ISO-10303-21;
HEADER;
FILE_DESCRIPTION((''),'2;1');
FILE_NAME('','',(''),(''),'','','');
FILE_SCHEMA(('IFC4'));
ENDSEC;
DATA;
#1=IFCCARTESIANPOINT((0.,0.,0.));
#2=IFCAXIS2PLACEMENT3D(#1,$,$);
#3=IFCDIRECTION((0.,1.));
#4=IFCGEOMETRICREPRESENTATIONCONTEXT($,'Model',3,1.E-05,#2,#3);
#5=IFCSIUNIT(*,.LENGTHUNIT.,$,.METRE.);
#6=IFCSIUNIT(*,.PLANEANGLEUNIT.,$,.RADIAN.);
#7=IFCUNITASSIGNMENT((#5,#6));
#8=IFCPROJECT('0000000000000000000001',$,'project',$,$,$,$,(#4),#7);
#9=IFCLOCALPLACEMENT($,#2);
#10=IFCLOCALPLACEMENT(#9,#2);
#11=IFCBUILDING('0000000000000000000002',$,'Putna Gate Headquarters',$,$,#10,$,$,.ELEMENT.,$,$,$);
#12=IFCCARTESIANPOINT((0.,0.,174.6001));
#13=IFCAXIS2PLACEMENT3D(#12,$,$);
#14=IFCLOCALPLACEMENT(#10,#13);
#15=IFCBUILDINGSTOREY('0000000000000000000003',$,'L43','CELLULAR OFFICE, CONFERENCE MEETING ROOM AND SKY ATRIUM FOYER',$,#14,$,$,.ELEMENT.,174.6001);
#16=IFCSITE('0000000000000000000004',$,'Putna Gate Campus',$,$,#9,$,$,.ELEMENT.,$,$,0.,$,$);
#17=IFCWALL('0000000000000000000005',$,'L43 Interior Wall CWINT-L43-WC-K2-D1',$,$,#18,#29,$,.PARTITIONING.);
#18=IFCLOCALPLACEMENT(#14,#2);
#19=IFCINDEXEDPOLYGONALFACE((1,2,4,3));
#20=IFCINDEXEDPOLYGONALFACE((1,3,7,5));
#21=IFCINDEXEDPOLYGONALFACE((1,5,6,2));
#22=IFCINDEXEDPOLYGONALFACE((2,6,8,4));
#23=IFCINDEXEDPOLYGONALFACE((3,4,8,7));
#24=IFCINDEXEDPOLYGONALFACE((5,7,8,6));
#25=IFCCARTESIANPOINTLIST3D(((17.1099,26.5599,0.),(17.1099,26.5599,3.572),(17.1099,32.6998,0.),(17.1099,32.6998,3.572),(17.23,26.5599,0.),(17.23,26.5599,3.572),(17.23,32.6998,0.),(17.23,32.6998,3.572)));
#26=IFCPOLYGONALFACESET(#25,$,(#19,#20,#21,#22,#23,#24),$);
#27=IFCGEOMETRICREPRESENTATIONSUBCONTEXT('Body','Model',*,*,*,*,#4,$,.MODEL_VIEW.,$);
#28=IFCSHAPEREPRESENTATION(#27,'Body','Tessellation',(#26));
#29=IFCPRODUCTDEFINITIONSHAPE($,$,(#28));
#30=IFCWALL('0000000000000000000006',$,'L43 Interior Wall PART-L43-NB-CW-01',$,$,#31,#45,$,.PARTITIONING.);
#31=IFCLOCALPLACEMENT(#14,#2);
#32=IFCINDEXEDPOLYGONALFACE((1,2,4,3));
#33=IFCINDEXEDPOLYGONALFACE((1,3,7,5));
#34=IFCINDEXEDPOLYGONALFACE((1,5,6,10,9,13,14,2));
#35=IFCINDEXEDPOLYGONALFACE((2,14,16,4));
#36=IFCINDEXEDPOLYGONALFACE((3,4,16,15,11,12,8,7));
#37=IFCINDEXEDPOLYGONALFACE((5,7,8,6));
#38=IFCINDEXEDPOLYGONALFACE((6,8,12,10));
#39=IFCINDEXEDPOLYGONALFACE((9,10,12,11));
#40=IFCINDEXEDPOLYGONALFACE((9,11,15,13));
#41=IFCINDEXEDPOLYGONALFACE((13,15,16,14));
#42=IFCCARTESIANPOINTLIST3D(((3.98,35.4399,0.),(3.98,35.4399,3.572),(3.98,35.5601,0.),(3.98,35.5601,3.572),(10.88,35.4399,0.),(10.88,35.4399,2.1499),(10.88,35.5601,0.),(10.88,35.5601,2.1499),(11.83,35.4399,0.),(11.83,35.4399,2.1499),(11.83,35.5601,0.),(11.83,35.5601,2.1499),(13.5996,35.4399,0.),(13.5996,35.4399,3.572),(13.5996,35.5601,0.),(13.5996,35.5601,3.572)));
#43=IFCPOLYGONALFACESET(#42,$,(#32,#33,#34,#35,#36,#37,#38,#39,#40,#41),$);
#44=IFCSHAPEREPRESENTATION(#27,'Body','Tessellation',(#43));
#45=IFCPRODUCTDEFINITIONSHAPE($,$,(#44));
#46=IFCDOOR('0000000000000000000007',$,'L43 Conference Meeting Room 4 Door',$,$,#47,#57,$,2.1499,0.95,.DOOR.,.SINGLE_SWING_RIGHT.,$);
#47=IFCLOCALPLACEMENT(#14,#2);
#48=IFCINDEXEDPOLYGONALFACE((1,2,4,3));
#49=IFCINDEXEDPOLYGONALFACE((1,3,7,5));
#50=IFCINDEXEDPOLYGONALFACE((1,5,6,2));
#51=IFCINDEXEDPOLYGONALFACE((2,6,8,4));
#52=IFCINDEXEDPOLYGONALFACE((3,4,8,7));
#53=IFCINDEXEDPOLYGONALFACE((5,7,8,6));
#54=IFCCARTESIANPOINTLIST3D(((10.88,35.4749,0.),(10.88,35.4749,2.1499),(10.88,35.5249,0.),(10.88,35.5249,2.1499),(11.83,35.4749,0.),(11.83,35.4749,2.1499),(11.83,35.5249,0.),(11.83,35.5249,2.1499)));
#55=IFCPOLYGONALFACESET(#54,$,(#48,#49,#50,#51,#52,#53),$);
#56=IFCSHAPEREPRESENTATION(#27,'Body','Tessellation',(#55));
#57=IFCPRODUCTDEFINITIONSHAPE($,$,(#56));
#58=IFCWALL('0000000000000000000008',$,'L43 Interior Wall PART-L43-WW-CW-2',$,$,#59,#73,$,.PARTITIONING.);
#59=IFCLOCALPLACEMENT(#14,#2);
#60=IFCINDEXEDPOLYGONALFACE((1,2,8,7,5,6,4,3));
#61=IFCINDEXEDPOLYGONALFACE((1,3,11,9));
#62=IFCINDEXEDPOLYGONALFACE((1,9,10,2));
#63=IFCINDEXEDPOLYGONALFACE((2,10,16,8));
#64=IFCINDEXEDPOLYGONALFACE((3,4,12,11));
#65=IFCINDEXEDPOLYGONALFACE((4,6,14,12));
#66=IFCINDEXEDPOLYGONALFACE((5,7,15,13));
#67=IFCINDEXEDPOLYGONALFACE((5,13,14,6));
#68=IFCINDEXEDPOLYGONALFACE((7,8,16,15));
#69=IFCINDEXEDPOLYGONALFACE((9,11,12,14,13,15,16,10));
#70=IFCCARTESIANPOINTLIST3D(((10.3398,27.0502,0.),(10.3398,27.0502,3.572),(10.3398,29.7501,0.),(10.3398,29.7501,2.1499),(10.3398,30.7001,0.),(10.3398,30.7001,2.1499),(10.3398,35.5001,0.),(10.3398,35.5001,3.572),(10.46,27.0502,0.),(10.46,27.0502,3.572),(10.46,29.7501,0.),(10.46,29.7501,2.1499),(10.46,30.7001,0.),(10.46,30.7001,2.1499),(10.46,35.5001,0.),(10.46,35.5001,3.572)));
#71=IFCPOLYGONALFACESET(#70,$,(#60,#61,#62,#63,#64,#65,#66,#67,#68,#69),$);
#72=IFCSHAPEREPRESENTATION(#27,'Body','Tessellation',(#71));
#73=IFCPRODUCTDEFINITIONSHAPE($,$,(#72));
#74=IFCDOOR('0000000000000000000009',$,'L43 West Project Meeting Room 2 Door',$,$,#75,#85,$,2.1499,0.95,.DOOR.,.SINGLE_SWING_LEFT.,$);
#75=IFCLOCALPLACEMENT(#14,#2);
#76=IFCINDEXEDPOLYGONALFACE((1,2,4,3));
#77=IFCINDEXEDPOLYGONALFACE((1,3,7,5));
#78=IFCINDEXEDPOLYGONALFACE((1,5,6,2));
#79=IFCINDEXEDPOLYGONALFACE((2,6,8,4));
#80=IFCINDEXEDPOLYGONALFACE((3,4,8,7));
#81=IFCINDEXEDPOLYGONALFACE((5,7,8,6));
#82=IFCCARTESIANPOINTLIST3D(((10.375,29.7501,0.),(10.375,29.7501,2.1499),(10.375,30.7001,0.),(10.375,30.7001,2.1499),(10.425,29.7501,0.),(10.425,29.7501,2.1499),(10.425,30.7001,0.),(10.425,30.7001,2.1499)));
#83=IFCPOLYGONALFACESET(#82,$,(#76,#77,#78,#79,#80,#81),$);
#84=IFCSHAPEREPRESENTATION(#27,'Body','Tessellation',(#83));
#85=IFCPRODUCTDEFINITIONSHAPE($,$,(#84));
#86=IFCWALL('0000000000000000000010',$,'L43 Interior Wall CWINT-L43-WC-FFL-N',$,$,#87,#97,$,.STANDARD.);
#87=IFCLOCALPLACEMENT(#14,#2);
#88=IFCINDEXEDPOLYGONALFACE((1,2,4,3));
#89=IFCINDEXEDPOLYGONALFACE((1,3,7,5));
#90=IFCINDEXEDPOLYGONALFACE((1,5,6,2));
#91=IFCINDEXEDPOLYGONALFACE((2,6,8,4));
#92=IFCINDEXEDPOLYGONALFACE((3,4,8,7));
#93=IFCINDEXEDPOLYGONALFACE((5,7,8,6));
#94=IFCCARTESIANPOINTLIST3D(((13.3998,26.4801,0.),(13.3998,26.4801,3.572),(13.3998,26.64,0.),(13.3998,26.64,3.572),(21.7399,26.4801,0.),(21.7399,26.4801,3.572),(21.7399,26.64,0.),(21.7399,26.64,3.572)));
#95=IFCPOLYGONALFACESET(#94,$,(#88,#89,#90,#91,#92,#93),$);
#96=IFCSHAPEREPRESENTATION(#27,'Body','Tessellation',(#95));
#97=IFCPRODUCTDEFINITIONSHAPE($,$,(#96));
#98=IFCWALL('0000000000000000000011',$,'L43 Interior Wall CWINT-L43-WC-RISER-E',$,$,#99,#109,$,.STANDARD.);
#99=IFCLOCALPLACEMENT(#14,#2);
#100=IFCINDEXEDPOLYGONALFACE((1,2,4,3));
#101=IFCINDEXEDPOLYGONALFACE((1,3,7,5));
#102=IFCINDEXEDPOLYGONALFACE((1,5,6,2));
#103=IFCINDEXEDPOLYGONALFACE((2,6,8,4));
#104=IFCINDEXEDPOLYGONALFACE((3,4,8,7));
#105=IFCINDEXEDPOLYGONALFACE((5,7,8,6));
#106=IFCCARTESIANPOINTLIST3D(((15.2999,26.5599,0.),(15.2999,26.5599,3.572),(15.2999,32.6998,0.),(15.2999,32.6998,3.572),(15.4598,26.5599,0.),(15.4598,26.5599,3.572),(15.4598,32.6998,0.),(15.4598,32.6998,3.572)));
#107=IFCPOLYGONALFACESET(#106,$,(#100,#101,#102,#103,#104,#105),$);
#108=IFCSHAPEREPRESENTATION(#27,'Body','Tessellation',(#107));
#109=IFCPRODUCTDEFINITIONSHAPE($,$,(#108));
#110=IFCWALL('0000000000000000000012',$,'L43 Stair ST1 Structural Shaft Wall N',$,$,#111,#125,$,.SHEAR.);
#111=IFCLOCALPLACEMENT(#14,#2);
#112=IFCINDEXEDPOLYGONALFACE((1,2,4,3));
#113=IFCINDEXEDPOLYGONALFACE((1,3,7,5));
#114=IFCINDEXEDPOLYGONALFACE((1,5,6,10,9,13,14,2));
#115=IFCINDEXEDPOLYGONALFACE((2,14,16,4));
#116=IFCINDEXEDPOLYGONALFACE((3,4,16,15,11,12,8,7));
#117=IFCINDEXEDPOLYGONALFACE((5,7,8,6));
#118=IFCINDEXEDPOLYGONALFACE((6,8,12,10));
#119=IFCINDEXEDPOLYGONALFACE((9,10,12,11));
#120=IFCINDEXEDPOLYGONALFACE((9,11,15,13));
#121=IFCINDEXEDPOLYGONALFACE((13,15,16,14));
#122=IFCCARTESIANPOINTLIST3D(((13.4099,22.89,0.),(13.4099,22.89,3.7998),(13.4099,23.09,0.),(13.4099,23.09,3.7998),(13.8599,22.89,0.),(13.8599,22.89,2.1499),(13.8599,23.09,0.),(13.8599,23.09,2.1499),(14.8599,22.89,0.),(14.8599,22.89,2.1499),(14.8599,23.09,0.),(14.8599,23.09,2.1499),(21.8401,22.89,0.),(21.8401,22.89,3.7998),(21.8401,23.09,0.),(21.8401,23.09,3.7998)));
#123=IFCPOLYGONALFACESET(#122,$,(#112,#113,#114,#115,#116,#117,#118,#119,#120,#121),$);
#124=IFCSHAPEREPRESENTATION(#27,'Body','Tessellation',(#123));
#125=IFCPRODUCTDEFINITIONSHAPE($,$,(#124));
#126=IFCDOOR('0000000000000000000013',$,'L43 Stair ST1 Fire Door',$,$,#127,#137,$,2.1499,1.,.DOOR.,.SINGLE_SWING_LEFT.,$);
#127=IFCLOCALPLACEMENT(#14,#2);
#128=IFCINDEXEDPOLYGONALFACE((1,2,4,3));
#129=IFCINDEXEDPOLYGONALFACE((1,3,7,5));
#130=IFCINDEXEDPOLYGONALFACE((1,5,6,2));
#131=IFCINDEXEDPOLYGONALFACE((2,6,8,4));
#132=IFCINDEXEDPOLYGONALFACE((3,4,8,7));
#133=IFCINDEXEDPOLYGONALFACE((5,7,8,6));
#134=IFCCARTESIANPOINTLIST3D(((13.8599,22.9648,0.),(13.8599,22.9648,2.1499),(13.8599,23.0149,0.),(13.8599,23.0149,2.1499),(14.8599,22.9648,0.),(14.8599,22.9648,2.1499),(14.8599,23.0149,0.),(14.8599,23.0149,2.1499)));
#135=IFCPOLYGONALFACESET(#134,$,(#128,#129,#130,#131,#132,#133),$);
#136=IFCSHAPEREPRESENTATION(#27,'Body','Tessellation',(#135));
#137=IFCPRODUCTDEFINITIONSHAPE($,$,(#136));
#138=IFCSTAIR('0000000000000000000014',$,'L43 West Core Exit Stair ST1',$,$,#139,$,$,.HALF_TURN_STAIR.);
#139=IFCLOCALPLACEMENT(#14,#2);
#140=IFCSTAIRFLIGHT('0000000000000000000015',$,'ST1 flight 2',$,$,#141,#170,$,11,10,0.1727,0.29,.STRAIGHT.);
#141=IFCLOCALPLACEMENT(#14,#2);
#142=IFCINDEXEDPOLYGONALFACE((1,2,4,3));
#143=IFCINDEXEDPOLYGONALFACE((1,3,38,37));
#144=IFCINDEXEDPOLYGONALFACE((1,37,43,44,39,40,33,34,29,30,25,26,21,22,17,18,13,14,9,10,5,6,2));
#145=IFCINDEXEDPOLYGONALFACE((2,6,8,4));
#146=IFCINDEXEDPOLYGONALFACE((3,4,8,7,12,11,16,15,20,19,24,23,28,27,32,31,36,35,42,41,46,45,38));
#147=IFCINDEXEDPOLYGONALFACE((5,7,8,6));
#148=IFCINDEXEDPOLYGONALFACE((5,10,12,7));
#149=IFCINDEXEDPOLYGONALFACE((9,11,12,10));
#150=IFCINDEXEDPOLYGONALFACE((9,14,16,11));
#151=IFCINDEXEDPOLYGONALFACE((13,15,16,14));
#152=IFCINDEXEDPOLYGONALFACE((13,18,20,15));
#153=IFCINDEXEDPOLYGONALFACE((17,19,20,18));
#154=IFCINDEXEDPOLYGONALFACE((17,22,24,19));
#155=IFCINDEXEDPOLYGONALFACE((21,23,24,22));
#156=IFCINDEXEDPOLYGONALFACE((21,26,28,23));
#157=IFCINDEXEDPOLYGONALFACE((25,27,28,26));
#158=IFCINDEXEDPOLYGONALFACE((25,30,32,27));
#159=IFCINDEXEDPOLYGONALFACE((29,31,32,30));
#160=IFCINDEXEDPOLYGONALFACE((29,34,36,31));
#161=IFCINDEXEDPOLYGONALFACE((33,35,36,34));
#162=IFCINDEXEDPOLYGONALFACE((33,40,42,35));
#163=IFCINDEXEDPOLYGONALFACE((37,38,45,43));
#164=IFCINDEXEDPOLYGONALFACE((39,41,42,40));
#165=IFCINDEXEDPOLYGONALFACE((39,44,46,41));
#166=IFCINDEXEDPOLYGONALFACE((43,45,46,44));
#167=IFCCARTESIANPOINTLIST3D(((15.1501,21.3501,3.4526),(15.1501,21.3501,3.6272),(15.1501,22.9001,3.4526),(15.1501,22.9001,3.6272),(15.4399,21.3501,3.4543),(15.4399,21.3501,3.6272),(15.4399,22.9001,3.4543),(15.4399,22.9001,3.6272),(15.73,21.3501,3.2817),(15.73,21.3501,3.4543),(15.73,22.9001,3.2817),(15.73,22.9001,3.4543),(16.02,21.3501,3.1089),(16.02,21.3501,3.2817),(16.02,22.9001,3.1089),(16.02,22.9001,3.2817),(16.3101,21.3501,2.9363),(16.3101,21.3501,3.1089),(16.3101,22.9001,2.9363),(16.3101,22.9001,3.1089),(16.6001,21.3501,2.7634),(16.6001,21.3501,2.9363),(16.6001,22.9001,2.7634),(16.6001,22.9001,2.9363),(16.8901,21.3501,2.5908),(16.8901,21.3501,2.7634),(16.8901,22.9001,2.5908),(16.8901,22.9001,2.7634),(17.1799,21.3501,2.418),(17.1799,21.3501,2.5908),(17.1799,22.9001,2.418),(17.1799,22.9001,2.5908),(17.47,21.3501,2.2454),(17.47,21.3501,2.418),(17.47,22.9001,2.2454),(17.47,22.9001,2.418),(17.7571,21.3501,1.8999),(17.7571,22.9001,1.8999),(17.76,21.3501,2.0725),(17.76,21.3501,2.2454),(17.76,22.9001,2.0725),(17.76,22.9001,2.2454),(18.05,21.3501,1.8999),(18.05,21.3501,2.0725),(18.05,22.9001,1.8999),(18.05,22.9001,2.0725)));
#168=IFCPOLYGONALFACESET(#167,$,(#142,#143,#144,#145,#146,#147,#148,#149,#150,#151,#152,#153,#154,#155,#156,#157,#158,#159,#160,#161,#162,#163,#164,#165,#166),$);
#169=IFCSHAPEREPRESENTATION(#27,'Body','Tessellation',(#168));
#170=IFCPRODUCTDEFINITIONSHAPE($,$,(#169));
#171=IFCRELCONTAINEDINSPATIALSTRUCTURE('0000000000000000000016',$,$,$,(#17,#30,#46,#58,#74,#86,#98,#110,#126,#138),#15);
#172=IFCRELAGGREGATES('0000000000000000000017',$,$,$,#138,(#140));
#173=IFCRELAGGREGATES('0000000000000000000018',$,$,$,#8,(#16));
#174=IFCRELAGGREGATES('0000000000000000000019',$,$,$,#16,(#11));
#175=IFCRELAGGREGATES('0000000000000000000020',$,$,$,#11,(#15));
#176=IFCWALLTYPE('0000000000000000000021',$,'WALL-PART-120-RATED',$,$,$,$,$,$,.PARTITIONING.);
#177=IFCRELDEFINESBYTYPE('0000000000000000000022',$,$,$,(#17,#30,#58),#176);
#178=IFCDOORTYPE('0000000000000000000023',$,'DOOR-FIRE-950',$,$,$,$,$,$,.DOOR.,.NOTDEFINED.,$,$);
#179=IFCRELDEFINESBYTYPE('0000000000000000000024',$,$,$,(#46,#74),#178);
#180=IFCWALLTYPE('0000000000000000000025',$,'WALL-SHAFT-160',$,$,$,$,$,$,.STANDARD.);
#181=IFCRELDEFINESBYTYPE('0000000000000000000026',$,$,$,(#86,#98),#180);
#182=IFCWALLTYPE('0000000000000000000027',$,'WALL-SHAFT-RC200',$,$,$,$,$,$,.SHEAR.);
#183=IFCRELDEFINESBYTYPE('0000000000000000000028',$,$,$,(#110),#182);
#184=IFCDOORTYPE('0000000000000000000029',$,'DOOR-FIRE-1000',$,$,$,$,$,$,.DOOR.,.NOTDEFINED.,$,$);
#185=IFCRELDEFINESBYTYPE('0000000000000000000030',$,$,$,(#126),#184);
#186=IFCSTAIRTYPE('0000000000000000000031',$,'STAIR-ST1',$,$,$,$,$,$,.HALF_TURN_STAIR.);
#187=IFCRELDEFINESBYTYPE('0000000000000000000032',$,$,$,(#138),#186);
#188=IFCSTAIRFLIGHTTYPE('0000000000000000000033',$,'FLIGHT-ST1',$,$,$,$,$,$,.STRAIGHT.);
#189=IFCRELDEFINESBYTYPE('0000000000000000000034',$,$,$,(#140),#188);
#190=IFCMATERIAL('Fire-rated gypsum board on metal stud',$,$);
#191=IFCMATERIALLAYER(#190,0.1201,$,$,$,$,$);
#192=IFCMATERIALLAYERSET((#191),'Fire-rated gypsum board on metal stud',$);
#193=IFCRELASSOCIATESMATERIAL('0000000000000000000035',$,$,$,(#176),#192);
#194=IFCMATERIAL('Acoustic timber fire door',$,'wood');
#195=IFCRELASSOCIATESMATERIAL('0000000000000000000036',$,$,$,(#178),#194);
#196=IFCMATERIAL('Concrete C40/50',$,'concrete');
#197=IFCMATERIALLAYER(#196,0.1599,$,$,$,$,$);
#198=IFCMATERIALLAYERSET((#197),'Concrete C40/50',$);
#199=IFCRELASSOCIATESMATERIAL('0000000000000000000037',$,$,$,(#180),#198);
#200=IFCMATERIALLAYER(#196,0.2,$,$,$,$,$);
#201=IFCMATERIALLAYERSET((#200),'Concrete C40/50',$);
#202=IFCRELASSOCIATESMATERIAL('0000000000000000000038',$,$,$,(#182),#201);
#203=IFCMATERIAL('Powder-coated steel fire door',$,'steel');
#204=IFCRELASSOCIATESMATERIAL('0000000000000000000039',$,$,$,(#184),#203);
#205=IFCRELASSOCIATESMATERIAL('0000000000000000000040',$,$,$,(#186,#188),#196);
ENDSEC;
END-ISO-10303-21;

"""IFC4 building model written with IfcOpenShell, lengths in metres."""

from ifc_helpers import new_model, si_unit, direction, frame, frame_2d, origin, place, context, subcontext, project, spatial, polyline, rectangle, outline, extrude, material, layer, layer_set, type_object, element, fill, aggregate, save


model = new_model("IFC4")

# Units and contexts
model_context = context("Model", 3, precision=1e-05, world=origin(), true_north=direction((0.0, 1.0)))
body_context = subcontext(model_context, "Body", "Model", "MODEL_VIEW")
ifc_project = project(units=[si_unit("LENGTHUNIT", "METRE"), si_unit("PLANEANGLEUNIT", "RADIAN")], contexts=[model_context])

# Site, building, storey
site_placement = place(None, origin())
site = spatial("IfcSite", under=ifc_project, at=site_placement, Name="Putna Gate Campus", CompositionType="ELEMENT", RefElevation=0.0)
building_placement = place(site_placement, origin())
building = spatial("IfcBuilding", under=site, at=building_placement, Name="Putna Gate Headquarters", CompositionType="ELEMENT")
storey_placement = place(building_placement, frame((0.0, 0.0, 174.6001)))
storey = spatial("IfcBuildingStorey", under=building, at=storey_placement, Name="L43", Description="CELLULAR OFFICE, CONFERENCE MEETING ROOM AND SKY ATRIUM FOYER", CompositionType="ELEMENT", Elevation=174.6001)

# Wall
ifc_material_1 = material(Name="Fire-rated gypsum board on metal stud")
ifc_layer_1 = layer(ifc_material_1, 0.1201)
ifc_layer_set_1 = layer_set([ifc_layer_1], Name="Fire-rated gypsum board on metal stud")
wall_type_1 = type_object("IfcWallType", Name="WALL-PART-120-RATED", PredefinedType="PARTITIONING", material=ifc_layer_set_1)
wall_1_placement = place(storey_placement, frame((17.1699, 26.5601, 0.0), z_axis=(0.0, 0.0, 1.0), x_axis=(0.0, 1.0, 0.0)))
element("IfcWall", 1, at=wall_1_placement, inside=storey, type_object=wall_type_1, Name="L43 Interior Wall CWINT-L43-WC-K2-D1", PredefinedType="PARTITIONING", context=body_context, shape_type="SweptSolid", body=[
    extrude(rectangle(XDim=6.1399, YDim=0.1201, at=frame_2d((3.0698, 0.0))), origin(), (0.0, 0.0, 1.0), 3.572),
])

# Walls, openings, doors
wall_2_placement = place(storey_placement, frame((3.98, 35.5, 0.0), z_axis=(0.0, 0.0, 1.0), x_axis=(1.0, 0.0, 0.0)))
wall_2 = element("IfcWall", 2, at=wall_2_placement, inside=storey, type_object=wall_type_1, Name="L43 Interior Wall PART-L43-NB-CW-01", PredefinedType="PARTITIONING", context=body_context, shape_type="SweptSolid", body=[
    extrude(rectangle(XDim=9.6196, YDim=0.1201, at=frame_2d((4.8098, 0.0))), origin(), (0.0, 0.0, 1.0), 3.572),
])
opening_1_placement = place(wall_2_placement, frame((6.8999, 0.0, 0.0)))
opening_1 = element("IfcOpeningElement", 3, at=opening_1_placement, cuts=wall_2, PredefinedType="OPENING", context=body_context, shape_type="SweptSolid", body=[
    extrude(rectangle(XDim=0.95, YDim=2.1499, at=frame_2d((0.4751, 1.075))), frame((0.0, 0.0701, 0.0), z_axis=(0.0, -1.0, 0.0), x_axis=(1.0, 0.0, 0.0)), (0.0, 0.0, 1.0), 0.1401),
])
ifc_material_2 = material(Name="Acoustic timber fire door", Category="wood")
door_type_1 = type_object("IfcDoorType", Name="DOOR-FIRE-950", OperationType="NOTDEFINED", PredefinedType="DOOR", material=ifc_material_2)
door_1_placement = place(opening_1_placement, origin())
door_1 = element("IfcDoor", 4, at=door_1_placement, inside=storey, type_object=door_type_1, Name="L43 Conference Meeting Room 4 Door", OperationType="SINGLE_SWING_RIGHT", OverallHeight=2.1499, OverallWidth=0.95, PredefinedType="DOOR", context=body_context, shape_type="SweptSolid", body=[
    extrude(rectangle(XDim=0.95, YDim=2.1499, at=frame_2d((0.4751, 1.075))), frame((0.0, 0.0249, 0.0), z_axis=(0.0, -1.0, 0.0), x_axis=(1.0, 0.0, 0.0)), (0.0, 0.0, 1.0), 0.05),
])
fill(opening_1, door_1)
wall_3_placement = place(storey_placement, frame((10.3999, 27.05, 0.0), z_axis=(0.0, 0.0, 1.0), x_axis=(0.0, 1.0, 0.0)))
wall_3 = element("IfcWall", 5, at=wall_3_placement, inside=storey, type_object=wall_type_1, Name="L43 Interior Wall PART-L43-WW-CW-2", PredefinedType="PARTITIONING", context=body_context, shape_type="SweptSolid", body=[
    extrude(rectangle(XDim=8.45, YDim=0.1201, at=frame_2d((4.2251, 0.0))), origin(), (0.0, 0.0, 1.0), 3.572),
])
opening_2_placement = place(wall_3_placement, frame((2.7, 0.0, 0.0)))
opening_2 = element("IfcOpeningElement", 6, at=opening_2_placement, cuts=wall_3, PredefinedType="OPENING", context=body_context, shape_type="SweptSolid", body=[
    extrude(rectangle(XDim=0.95, YDim=2.1499, at=frame_2d((0.4751, 1.075))), frame((0.0, 0.0701, 0.0), z_axis=(0.0, -1.0, 0.0), x_axis=(1.0, 0.0, 0.0)), (0.0, 0.0, 1.0), 0.1401),
])
door_2_placement = place(opening_2_placement, origin())
door_2 = element("IfcDoor", 7, at=door_2_placement, inside=storey, type_object=door_type_1, Name="L43 West Project Meeting Room 2 Door", OperationType="SINGLE_SWING_LEFT", OverallHeight=2.1499, OverallWidth=0.95, PredefinedType="DOOR", context=body_context, shape_type="SweptSolid", body=[
    extrude(rectangle(XDim=0.95, YDim=2.1499, at=frame_2d((0.4751, 1.075))), frame((0.0, 0.0249, 0.0), z_axis=(0.0, -1.0, 0.0), x_axis=(1.0, 0.0, 0.0)), (0.0, 0.0, 1.0), 0.05),
])
fill(opening_2, door_2)

# Walls
ifc_material_3 = material(Name="Concrete C40/50", Category="concrete")
ifc_layer_2 = layer(ifc_material_3, 0.1599)
ifc_layer_set_2 = layer_set([ifc_layer_2], Name="Concrete C40/50")
wall_type_2 = type_object("IfcWallType", Name="WALL-SHAFT-160", PredefinedType="STANDARD", material=ifc_layer_set_2)
wall_4_placement = place(storey_placement, frame((13.3999, 26.5601, 0.0), z_axis=(0.0, 0.0, 1.0), x_axis=(1.0, 0.0, 0.0)))
element("IfcWall", 8, at=wall_4_placement, inside=storey, type_object=wall_type_2, Name="L43 Interior Wall CWINT-L43-WC-FFL-N", PredefinedType="STANDARD", context=body_context, shape_type="SweptSolid", body=[
    extrude(rectangle(XDim=8.3401, YDim=0.1599, at=frame_2d((4.1699, 0.0))), origin(), (0.0, 0.0, 1.0), 3.572),
])
wall_5_placement = place(storey_placement, frame((15.3799, 26.5601, 0.0), z_axis=(0.0, 0.0, 1.0), x_axis=(0.0, 1.0, 0.0)))
element("IfcWall", 9, at=wall_5_placement, inside=storey, type_object=wall_type_2, Name="L43 Interior Wall CWINT-L43-WC-RISER-E", PredefinedType="STANDARD", context=body_context, shape_type="SweptSolid", body=[
    extrude(rectangle(XDim=6.1399, YDim=0.1599, at=frame_2d((3.0698, 0.0))), origin(), (0.0, 0.0, 1.0), 3.572),
])

# Wall, opening, door
ifc_layer_3 = layer(ifc_material_3, 0.2)
ifc_layer_set_3 = layer_set([ifc_layer_3], Name="Concrete C40/50")
wall_type_3 = type_object("IfcWallType", Name="WALL-SHAFT-RC200", PredefinedType="SHEAR", material=ifc_layer_set_3)
wall_6_placement = place(storey_placement, frame((13.4099, 22.99, 0.0), z_axis=(0.0, 0.0, 1.0), x_axis=(1.0, 0.0, 0.0)))
wall_6 = element("IfcWall", 10, at=wall_6_placement, inside=storey, type_object=wall_type_3, Name="L43 Stair ST1 Structural Shaft Wall N", PredefinedType="SHEAR", context=body_context, shape_type="SweptSolid", body=[
    extrude(rectangle(XDim=8.4302, YDim=0.2, at=frame_2d((4.2151, 0.0))), origin(), (0.0, 0.0, 1.0), 3.7998),
])
opening_3_placement = place(wall_6_placement, frame((0.45, 0.0, 0.0)))
opening_3 = element("IfcOpeningElement", 11, at=opening_3_placement, cuts=wall_6, PredefinedType="OPENING", context=body_context, shape_type="SweptSolid", body=[
    extrude(rectangle(XDim=1.0, YDim=2.1499, at=frame_2d((0.5, 1.075))), frame((0.0, 0.1099, 0.0), z_axis=(0.0, -1.0, 0.0), x_axis=(1.0, 0.0, 0.0)), (0.0, 0.0, 1.0), 0.22),
])
ifc_material_4 = material(Name="Powder-coated steel fire door", Category="steel")
door_type_2 = type_object("IfcDoorType", Name="DOOR-FIRE-1000", OperationType="NOTDEFINED", PredefinedType="DOOR", material=ifc_material_4)
door_3_placement = place(opening_3_placement, origin())
door_3 = element("IfcDoor", 12, at=door_3_placement, inside=storey, type_object=door_type_2, Name="L43 Stair ST1 Fire Door", OperationType="SINGLE_SWING_LEFT", OverallHeight=2.1499, OverallWidth=1.0, PredefinedType="DOOR", context=body_context, shape_type="SweptSolid", body=[
    extrude(rectangle(XDim=1.0, YDim=2.1499, at=frame_2d((0.5, 1.075))), frame((0.0, 0.0249, 0.0), z_axis=(0.0, -1.0, 0.0), x_axis=(1.0, 0.0, 0.0)), (0.0, 0.0, 1.0), 0.05),
])
fill(opening_3, door_3)

# Stair, stair flight
stair_type = type_object("IfcStairType", Name="STAIR-ST1", PredefinedType="HALF_TURN_STAIR", material=ifc_material_3)
stair_placement = place(storey_placement, origin())
stair = element("IfcStair", 13, at=stair_placement, inside=storey, type_object=stair_type, Name="L43 West Core Exit Stair ST1", PredefinedType="HALF_TURN_STAIR")
stair_flight_type = type_object("IfcStairFlightType", Name="FLIGHT-ST1", PredefinedType="STRAIGHT", material=ifc_material_3)
stair_flight_placement = place(storey_placement, frame((18.05, 22.125, 1.8999), z_axis=(0.0, 0.0, 1.0), x_axis=(-1.0, 0.0, 0.0)))
stair_flight = element("IfcStairFlight", 14, at=stair_flight_placement, type_object=stair_flight_type, Name="ST1 flight 2", NumberOfRisers=11, NumberOfTreads=10, PredefinedType="STRAIGHT", RiserHeight=0.1727, TreadLength=0.29, context=body_context, shape_type="SweptSolid", body=[
    extrude(outline(polyline([(0.0, 0.0), (0.0, 0.1726), (0.29, 0.1726), (0.29, 0.3455), (0.5801, 0.3455), (0.5801, 0.5181), (0.8701, 0.5181), (0.8701, 0.6909), (1.1599, 0.6909), (1.1599, 0.8635), (1.45, 0.8635), (1.45, 1.0364), (1.74, 1.0364), (1.74, 1.209), (2.03, 1.209), (2.03, 1.3818), (2.3201, 1.3818), (2.3201, 1.5544), (2.6101, 1.5544), (2.6101, 1.7273), (2.8999, 1.7273), (2.8999, 1.8999), (2.8999, 1.5527), (0.293, 0.0), (0.0, 0.0)])), frame((0.0, 0.7749, 0.0), z_axis=(0.0, -1.0, 0.0), x_axis=(1.0, 0.0, 0.0)), (0.0, 0.0, 1.0), 1.55),
])
aggregate(stair, [stair_flight])

save(model, "model.ifc")
